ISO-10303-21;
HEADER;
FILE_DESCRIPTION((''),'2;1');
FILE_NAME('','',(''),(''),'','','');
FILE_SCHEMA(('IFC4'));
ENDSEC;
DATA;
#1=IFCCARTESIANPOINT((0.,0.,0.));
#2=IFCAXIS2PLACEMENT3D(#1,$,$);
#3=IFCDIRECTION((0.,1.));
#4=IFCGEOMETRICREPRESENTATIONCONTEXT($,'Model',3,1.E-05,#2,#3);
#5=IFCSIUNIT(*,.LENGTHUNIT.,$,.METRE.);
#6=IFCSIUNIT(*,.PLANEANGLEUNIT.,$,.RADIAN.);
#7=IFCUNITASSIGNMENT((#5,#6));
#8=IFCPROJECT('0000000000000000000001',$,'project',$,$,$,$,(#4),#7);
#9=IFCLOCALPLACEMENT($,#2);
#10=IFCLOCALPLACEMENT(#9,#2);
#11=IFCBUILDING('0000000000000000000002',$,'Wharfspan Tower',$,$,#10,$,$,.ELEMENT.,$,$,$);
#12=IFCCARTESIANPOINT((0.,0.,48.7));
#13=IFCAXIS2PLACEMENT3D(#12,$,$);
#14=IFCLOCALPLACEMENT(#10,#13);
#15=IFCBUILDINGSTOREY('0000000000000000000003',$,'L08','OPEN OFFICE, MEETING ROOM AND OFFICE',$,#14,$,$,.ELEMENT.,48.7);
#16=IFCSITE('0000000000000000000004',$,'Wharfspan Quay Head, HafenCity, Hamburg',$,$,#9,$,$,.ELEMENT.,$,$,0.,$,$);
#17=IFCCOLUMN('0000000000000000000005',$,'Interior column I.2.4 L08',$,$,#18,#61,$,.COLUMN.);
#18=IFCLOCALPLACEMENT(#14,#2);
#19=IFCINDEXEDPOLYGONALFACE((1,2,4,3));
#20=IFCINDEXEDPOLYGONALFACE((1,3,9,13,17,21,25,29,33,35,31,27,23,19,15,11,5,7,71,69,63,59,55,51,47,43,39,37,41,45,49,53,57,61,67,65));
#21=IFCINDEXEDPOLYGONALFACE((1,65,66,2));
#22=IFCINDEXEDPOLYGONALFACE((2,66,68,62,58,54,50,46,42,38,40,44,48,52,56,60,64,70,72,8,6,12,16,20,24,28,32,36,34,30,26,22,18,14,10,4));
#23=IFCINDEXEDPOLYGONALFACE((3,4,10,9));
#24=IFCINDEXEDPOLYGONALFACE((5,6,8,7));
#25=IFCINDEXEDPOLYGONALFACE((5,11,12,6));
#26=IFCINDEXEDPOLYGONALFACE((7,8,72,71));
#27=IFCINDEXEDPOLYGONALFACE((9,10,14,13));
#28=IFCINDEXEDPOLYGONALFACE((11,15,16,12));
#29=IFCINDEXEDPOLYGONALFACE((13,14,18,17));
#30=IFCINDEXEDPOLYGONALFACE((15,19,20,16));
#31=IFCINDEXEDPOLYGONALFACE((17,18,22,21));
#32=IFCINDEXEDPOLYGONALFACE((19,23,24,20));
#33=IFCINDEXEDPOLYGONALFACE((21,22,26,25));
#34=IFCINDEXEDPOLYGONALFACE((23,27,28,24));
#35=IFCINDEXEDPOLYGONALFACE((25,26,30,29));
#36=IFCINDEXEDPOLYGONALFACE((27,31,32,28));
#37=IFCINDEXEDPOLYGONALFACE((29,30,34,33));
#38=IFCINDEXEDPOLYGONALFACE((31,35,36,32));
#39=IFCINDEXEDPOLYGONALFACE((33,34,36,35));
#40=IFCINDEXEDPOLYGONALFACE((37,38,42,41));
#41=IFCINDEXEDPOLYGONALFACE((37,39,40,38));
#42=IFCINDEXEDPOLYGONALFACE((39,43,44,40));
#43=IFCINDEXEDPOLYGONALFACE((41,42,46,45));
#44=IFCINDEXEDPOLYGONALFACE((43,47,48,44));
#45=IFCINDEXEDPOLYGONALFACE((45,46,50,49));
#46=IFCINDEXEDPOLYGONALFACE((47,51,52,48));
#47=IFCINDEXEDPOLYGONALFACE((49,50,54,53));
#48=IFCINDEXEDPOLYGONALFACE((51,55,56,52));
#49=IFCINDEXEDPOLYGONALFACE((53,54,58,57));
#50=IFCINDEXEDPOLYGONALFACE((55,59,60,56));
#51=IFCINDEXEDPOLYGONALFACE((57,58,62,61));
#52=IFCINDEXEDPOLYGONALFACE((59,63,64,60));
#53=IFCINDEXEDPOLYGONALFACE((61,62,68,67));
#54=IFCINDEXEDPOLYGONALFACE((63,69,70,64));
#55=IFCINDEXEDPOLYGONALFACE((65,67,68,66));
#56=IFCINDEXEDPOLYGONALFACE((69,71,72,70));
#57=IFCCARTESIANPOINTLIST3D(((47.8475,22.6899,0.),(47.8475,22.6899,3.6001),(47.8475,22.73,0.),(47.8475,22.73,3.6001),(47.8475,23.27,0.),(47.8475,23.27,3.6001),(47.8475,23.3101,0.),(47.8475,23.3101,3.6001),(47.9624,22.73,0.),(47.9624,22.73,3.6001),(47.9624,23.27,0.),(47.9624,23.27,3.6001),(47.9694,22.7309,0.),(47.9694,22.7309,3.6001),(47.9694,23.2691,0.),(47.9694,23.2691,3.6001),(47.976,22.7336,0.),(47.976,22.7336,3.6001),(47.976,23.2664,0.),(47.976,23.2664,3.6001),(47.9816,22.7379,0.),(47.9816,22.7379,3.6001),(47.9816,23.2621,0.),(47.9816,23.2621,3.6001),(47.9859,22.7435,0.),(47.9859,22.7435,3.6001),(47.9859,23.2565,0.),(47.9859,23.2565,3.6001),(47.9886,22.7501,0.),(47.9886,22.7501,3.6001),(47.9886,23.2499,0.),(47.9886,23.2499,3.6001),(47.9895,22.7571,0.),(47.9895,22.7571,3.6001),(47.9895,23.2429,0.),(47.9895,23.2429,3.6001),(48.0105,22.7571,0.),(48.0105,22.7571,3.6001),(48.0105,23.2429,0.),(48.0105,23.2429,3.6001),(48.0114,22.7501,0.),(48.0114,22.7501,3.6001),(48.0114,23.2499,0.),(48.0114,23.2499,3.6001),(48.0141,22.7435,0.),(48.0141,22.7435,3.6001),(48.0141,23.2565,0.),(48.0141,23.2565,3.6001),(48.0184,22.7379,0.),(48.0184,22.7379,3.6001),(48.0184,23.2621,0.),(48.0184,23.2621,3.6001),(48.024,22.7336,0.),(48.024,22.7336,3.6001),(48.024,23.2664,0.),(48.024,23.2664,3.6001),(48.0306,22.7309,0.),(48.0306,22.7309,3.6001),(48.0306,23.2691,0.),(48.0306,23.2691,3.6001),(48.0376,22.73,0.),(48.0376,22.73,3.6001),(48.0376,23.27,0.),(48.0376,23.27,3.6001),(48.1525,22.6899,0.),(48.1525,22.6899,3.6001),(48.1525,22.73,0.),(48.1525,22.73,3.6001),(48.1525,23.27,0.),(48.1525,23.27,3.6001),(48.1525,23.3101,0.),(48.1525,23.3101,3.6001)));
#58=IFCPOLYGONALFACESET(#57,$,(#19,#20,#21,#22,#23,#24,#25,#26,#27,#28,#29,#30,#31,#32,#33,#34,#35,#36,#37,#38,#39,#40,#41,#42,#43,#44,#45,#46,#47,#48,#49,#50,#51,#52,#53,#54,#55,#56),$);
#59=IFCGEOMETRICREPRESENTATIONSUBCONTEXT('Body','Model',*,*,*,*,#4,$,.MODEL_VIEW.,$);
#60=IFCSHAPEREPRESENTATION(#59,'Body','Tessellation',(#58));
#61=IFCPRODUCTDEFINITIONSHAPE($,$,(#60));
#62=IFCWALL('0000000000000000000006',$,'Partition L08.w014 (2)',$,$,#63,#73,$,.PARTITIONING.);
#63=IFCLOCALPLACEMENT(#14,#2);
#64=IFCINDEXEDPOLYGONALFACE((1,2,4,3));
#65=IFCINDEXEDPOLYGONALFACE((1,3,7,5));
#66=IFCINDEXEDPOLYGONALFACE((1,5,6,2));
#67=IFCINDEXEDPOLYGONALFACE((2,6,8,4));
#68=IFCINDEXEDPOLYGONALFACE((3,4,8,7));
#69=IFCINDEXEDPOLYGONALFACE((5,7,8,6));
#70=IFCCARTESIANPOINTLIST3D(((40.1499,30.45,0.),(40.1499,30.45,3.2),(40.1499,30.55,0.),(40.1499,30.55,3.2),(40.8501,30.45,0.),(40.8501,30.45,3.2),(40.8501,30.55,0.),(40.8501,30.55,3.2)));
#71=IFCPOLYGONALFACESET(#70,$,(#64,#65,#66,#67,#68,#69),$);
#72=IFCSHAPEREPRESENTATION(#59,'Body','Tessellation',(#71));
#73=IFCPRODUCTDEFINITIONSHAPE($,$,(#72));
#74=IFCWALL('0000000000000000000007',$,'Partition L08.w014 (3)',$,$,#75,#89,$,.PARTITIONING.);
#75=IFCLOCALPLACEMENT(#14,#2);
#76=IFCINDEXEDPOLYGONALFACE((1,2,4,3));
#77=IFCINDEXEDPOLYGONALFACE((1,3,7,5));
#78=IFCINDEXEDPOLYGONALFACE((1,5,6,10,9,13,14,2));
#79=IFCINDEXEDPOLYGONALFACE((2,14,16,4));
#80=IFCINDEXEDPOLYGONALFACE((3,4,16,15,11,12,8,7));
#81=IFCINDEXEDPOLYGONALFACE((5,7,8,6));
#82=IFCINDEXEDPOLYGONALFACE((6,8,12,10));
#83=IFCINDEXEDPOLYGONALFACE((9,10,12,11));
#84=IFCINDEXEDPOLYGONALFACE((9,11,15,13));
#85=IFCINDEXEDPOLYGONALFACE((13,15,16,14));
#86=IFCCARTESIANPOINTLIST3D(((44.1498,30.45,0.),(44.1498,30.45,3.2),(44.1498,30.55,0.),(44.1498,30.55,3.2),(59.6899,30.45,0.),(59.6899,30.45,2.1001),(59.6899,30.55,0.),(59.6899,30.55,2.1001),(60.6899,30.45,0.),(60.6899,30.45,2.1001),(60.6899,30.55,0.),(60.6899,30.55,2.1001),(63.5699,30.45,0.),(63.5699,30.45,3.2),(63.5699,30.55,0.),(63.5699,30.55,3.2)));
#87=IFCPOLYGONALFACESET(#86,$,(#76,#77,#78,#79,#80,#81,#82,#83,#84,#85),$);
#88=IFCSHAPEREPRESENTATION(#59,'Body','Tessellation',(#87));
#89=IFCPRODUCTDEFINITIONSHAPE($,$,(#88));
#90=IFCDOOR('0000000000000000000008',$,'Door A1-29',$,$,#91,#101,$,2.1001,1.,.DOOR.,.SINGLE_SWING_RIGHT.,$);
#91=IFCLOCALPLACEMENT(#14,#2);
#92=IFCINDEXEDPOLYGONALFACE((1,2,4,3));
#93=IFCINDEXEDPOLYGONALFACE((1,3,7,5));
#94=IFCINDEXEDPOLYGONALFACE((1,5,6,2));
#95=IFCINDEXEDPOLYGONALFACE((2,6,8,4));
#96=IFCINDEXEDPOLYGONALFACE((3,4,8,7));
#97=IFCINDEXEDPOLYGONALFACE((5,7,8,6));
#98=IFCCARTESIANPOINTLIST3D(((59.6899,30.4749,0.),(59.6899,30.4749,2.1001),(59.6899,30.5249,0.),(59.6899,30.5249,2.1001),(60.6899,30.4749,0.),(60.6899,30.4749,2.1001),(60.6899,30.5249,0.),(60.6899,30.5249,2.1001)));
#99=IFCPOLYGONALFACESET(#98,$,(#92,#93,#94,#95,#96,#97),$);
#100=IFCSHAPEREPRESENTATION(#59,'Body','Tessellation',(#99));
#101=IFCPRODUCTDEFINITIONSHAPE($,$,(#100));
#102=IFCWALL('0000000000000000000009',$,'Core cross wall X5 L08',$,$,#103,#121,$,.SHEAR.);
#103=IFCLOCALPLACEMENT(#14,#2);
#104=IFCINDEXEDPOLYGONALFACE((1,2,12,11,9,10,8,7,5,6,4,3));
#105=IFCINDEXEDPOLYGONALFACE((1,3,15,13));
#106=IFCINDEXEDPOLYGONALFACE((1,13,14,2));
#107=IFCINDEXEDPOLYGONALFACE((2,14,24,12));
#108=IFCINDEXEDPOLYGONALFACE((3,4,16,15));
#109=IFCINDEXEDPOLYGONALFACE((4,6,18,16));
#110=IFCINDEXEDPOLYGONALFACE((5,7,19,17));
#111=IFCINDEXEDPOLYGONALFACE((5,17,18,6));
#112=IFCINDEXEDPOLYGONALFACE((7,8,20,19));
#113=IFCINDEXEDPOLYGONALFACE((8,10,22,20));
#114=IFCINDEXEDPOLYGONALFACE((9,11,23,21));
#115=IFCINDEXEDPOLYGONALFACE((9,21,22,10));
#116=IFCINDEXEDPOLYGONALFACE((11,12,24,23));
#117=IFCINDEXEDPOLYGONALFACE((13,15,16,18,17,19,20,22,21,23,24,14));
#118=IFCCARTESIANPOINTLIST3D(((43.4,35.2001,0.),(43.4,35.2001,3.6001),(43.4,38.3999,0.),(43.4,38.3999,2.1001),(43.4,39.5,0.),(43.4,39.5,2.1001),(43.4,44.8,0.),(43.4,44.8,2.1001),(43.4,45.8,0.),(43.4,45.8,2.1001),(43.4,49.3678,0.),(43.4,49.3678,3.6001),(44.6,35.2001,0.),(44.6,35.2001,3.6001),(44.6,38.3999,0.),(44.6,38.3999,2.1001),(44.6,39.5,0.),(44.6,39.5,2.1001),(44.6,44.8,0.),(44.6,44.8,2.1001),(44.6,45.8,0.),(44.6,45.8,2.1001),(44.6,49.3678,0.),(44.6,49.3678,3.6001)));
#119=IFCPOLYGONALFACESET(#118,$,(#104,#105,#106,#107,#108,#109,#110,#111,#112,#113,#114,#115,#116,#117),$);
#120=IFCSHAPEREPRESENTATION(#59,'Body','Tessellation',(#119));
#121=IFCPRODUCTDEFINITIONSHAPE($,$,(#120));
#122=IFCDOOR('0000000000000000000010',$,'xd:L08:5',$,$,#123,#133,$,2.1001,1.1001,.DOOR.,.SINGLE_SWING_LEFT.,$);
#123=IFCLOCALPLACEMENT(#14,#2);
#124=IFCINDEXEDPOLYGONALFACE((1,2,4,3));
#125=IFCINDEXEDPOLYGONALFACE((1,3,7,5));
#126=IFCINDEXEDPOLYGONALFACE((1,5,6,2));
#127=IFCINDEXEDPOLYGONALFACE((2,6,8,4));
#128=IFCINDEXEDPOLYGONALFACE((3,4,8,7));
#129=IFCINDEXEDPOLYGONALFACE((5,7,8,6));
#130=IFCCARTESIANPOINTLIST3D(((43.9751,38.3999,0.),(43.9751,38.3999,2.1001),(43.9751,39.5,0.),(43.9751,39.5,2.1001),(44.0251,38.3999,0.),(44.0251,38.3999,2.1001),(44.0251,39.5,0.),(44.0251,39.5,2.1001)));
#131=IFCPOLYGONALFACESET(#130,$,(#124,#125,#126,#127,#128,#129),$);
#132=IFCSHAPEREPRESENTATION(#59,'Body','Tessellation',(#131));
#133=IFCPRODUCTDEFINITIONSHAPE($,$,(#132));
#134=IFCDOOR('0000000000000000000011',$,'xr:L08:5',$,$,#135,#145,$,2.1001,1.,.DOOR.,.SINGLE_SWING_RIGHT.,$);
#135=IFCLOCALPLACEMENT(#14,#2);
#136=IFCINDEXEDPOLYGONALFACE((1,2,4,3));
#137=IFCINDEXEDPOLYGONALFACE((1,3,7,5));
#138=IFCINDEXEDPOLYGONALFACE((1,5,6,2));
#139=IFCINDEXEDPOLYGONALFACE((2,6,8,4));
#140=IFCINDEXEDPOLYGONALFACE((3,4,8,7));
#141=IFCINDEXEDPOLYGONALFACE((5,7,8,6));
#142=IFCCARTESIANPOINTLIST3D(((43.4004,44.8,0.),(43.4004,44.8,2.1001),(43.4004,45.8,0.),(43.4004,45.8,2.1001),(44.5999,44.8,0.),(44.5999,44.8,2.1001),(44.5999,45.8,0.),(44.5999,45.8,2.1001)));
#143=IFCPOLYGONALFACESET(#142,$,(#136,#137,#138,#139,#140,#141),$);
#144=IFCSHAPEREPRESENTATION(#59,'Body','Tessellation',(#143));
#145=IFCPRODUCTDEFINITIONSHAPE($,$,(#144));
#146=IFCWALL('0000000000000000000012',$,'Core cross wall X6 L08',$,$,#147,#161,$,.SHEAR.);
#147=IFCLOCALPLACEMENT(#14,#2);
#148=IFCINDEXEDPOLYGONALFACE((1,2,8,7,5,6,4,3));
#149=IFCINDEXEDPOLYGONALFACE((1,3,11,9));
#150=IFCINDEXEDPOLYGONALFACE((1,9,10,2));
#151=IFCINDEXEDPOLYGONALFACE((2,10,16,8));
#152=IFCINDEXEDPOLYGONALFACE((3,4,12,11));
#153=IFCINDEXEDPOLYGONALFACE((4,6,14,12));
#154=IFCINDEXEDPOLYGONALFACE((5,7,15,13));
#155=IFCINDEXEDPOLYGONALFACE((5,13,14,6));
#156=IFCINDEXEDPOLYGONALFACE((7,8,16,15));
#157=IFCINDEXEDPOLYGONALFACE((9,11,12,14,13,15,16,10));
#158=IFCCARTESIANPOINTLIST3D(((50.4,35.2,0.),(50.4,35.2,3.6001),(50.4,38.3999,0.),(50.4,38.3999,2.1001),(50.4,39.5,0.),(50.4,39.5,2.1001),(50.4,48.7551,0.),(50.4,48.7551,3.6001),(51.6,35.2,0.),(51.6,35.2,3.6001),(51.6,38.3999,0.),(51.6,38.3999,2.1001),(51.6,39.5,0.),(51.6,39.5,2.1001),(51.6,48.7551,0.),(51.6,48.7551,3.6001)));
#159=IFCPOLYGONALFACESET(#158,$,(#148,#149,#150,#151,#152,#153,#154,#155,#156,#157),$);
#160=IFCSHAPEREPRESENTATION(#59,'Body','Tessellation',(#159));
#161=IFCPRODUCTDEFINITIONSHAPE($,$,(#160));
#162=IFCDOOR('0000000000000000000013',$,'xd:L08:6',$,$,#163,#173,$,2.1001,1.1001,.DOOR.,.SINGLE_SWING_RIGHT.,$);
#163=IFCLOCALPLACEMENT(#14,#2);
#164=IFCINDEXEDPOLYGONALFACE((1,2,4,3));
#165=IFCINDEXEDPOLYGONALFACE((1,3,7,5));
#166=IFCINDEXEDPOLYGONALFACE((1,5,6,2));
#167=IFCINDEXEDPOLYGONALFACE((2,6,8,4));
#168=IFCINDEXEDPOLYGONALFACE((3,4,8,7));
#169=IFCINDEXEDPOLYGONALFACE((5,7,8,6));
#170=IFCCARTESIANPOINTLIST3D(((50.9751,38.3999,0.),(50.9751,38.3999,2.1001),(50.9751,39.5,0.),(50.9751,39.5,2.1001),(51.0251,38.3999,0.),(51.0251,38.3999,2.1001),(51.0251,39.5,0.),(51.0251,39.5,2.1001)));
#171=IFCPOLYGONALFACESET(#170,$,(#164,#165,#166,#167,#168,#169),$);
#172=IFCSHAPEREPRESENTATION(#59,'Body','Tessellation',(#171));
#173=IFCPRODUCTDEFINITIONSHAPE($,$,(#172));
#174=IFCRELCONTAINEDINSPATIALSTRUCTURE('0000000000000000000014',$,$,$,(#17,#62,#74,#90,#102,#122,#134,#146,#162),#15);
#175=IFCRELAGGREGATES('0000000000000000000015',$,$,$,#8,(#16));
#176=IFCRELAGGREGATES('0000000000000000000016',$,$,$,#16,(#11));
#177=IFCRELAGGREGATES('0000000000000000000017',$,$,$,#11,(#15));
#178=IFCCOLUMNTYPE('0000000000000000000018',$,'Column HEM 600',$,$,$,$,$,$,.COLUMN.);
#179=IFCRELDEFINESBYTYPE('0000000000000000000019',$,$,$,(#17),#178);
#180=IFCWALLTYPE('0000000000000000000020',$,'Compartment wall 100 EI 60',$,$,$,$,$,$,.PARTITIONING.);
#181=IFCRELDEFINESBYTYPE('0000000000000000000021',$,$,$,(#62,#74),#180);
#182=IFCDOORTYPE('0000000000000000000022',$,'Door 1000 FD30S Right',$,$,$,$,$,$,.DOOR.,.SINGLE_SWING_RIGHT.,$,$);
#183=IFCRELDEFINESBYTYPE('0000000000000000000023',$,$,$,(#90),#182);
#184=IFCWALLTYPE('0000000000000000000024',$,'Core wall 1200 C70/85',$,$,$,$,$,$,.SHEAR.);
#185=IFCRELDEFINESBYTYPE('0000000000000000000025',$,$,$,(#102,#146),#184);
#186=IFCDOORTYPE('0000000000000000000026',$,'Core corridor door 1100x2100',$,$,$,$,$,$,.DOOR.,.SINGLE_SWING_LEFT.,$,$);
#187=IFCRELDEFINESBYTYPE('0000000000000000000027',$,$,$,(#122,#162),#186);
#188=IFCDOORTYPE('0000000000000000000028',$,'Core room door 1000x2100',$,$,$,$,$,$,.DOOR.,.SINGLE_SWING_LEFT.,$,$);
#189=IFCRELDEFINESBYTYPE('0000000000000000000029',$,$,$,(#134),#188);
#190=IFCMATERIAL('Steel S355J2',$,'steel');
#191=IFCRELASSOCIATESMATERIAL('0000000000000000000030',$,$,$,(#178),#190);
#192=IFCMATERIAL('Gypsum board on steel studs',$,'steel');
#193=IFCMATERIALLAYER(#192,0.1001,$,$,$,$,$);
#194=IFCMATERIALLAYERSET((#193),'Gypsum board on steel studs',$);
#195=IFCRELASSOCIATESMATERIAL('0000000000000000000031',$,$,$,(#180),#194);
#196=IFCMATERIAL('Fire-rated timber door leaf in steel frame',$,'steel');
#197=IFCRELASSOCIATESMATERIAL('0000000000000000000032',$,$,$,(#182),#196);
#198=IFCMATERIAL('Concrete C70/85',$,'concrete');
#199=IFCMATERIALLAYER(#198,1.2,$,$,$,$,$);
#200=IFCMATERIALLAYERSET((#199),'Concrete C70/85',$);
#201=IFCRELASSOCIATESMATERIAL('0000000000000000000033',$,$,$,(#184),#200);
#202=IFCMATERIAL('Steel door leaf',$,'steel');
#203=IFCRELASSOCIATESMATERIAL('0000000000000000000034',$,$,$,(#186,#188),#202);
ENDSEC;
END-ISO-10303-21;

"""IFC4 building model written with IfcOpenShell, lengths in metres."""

from ifc_helpers import new_model, si_unit, direction, frame, frame_2d, origin, origin_2d, place, context, subcontext, project, spatial, rectangle, i_section, extrude, material, layer, layer_set, material_profile, profile_set, type_object, element, fill, save


model = new_model("IFC4")

# Units and contexts
model_context = context("Model", 3, precision=1e-05, world=origin(), true_north=direction((0.0, 1.0)))
body_context = subcontext(model_context, "Body", "Model", "MODEL_VIEW")
ifc_project = project(units=[si_unit("LENGTHUNIT", "METRE"), si_unit("PLANEANGLEUNIT", "RADIAN")], contexts=[model_context])

# Site, building, storey
site_placement = place(None, origin())
site = spatial("IfcSite", under=ifc_project, at=site_placement, Name="Wharfspan Quay Head, HafenCity, Hamburg", CompositionType="ELEMENT", RefElevation=0.0)
building_placement = place(site_placement, origin())
building = spatial("IfcBuilding", under=site, at=building_placement, Name="Wharfspan Tower", CompositionType="ELEMENT")
storey_placement = place(building_placement, frame((0.0, 0.0, 48.7)))
storey = spatial("IfcBuildingStorey", under=building, at=storey_placement, Name="L08", Description="OPEN OFFICE, MEETING ROOM AND OFFICE", CompositionType="ELEMENT", Elevation=48.7)

# Column
ifc_material_1 = material(Name="Steel S355J2", Category="steel")
ifc_material_profile = material_profile(ifc_material_1, i_section(OverallWidth=0.3049, OverallDepth=0.6201, WebThickness=0.021, FlangeThickness=0.04, FilletRadius=0.0271, at=origin_2d()))
ifc_profile_set = profile_set([ifc_material_profile], Name="Steel S355J2")
column_type = type_object("IfcColumnType", Name="Column HEM 600", PredefinedType="COLUMN", material=ifc_profile_set)
column_placement = place(storey_placement, frame((48.0, 23.0, 0.0), z_axis=(0.0, 0.0, 1.0), x_axis=(1.0, 0.0, 0.0)))
element("IfcColumn", 1, at=column_placement, inside=storey, type_object=column_type, Name="Interior column I.2.4 L08", PredefinedType="COLUMN", context=body_context, shape_type="SweptSolid", body=[
    extrude(i_section(OverallWidth=0.3049, OverallDepth=0.6201, WebThickness=0.021, FlangeThickness=0.04, FilletRadius=0.0271, at=origin_2d()), origin(), (0.0, 0.0, 1.0), 3.6001),
])

# Wall
ifc_material_2 = material(Name="Gypsum board on steel studs", Category="steel")
ifc_layer_1 = layer(ifc_material_2, 0.1001)
ifc_layer_set_1 = layer_set([ifc_layer_1], Name="Gypsum board on steel studs")
wall_type_1 = type_object("IfcWallType", Name="Compartment wall 100 EI 60", PredefinedType="PARTITIONING", material=ifc_layer_set_1)
wall_1_placement = place(storey_placement, frame((40.1499, 30.5, 0.0), z_axis=(0.0, 0.0, 1.0), x_axis=(1.0, 0.0, 0.0)))
element("IfcWall", 2, at=wall_1_placement, inside=storey, type_object=wall_type_1, Name="Partition L08.w014 (2)", PredefinedType="PARTITIONING", context=body_context, shape_type="SweptSolid", body=[
    extrude(rectangle(XDim=0.7002, YDim=0.1001, at=frame_2d((0.3501, 0.0))), origin(), (0.0, 0.0, 1.0), 3.2),
])

# Wall, opening, door
wall_2_placement = place(storey_placement, frame((44.1499, 30.5, 0.0), z_axis=(0.0, 0.0, 1.0), x_axis=(1.0, 0.0, 0.0)))
wall_2 = element("IfcWall", 3, at=wall_2_placement, inside=storey, type_object=wall_type_1, Name="Partition L08.w014 (3)", PredefinedType="PARTITIONING", context=body_context, shape_type="SweptSolid", body=[
    extrude(rectangle(XDim=19.4202, YDim=0.1001, at=frame_2d((9.71, 0.0))), origin(), (0.0, 0.0, 1.0), 3.2),
])
opening_1_placement = place(wall_2_placement, frame((15.54, 0.0, 0.0)))
opening_1 = element("IfcOpeningElement", 4, at=opening_1_placement, cuts=wall_2, PredefinedType="OPENING", context=body_context, shape_type="SweptSolid", body=[
    extrude(rectangle(XDim=1.0, YDim=2.1001, at=frame_2d((0.5, 1.05))), frame((0.0, 0.0601, 0.0), z_axis=(0.0, -1.0, 0.0), x_axis=(1.0, 0.0, 0.0)), (0.0, 0.0, 1.0), 0.1201),
])
ifc_material_3 = material(Name="Fire-rated timber door leaf in steel frame", Category="steel")
door_type_1 = type_object("IfcDoorType", Name="Door 1000 FD30S Right", OperationType="SINGLE_SWING_RIGHT", PredefinedType="DOOR", material=ifc_material_3)
door_1_placement = place(opening_1_placement, origin())
door_1 = element("IfcDoor", 5, at=door_1_placement, inside=storey, type_object=door_type_1, Name="Door A1-29", OperationType="SINGLE_SWING_RIGHT", OverallHeight=2.1001, OverallWidth=1.0, PredefinedType="DOOR", context=body_context, shape_type="SweptSolid", body=[
    extrude(rectangle(XDim=1.0, YDim=2.1001, at=frame_2d((0.5, 1.05))), frame((0.0, 0.0249, 0.0), z_axis=(0.0, -1.0, 0.0), x_axis=(1.0, 0.0, 0.0)), (0.0, 0.0, 1.0), 0.05),
])
fill(opening_1, door_1)

# Wall, openings, doors
ifc_material_4 = material(Name="Concrete C70/85", Category="concrete")
ifc_layer_2 = layer(ifc_material_4, 1.2)
ifc_layer_set_2 = layer_set([ifc_layer_2], Name="Concrete C70/85")
wall_type_2 = type_object("IfcWallType", Name="Core wall 1200 C70/85", PredefinedType="SHEAR", material=ifc_layer_set_2)
wall_3_placement = place(storey_placement, frame((44.0, 35.2, 0.0), z_axis=(0.0, 0.0, 1.0), x_axis=(0.0, 1.0, 0.0)))
wall_3 = element("IfcWall", 6, at=wall_3_placement, inside=storey, type_object=wall_type_2, Name="Core cross wall X5 L08", PredefinedType="SHEAR", context=body_context, shape_type="SweptSolid", body=[
    extrude(rectangle(XDim=14.1677, YDim=1.2, at=frame_2d((7.084, 0.0))), origin(), (0.0, 0.0, 1.0), 3.6001),
])
opening_2_placement = place(wall_3_placement, frame((3.2, 0.0, 0.0)))
opening_2 = element("IfcOpeningElement", 7, at=opening_2_placement, cuts=wall_3, PredefinedType="OPENING", context=body_context, shape_type="SweptSolid", body=[
    extrude(rectangle(XDim=1.1001, YDim=2.1001, at=frame_2d((0.55, 1.05))), frame((0.0, 0.6099, 0.0), z_axis=(0.0, -1.0, 0.0), x_axis=(1.0, 0.0, 0.0)), (0.0, 0.0, 1.0), 1.22),
])
opening_3_placement = place(wall_3_placement, frame((9.6001, 0.0, 0.0)))
opening_3 = element("IfcOpeningElement", 8, at=opening_3_placement, cuts=wall_3, PredefinedType="OPENING", context=body_context, shape_type="SweptSolid", body=[
    extrude(rectangle(XDim=1.0, YDim=2.1001, at=frame_2d((0.5, 1.05))), frame((0.0, 0.6099, 0.0), z_axis=(0.0, -1.0, 0.0), x_axis=(1.0, 0.0, 0.0)), (0.0, 0.0, 1.0), 1.22),
])
ifc_material_5 = material(Name="Steel door leaf", Category="steel")
door_type_2 = type_object("IfcDoorType", Name="Core corridor door 1100x2100", OperationType="SINGLE_SWING_LEFT", PredefinedType="DOOR", material=ifc_material_5)
door_2_placement = place(opening_2_placement, origin())
door_2 = element("IfcDoor", 9, at=door_2_placement, inside=storey, type_object=door_type_2, Name="xd:L08:5", OperationType="SINGLE_SWING_LEFT", OverallHeight=2.1001, OverallWidth=1.1001, PredefinedType="DOOR", context=body_context, shape_type="SweptSolid", body=[
    extrude(rectangle(XDim=1.1001, YDim=2.1001, at=frame_2d((0.55, 1.05))), frame((0.0, 0.0249, 0.0), z_axis=(0.0, -1.0, 0.0), x_axis=(1.0, 0.0, 0.0)), (0.0, 0.0, 1.0), 0.05),
])
fill(opening_2, door_2)
door_type_3 = type_object("IfcDoorType", Name="Core room door 1000x2100", OperationType="SINGLE_SWING_LEFT", PredefinedType="DOOR", material=ifc_material_5)
door_3_placement = place(opening_3_placement, origin())
door_3 = element("IfcDoor", 10, at=door_3_placement, inside=storey, type_object=door_type_3, Name="xr:L08:5", OperationType="SINGLE_SWING_RIGHT", OverallHeight=2.1001, OverallWidth=1.0, PredefinedType="DOOR", context=body_context, shape_type="SweptSolid", body=[
    extrude(rectangle(XDim=1.0, YDim=2.1001, at=frame_2d((0.5, 1.05))), frame((0.0, 0.5996, 0.0), z_axis=(0.0, -1.0, 0.0), x_axis=(1.0, 0.0, 0.0)), (0.0, 0.0, 1.0), 1.1995),
])
fill(opening_3, door_3)

# Wall, opening, door
wall_4_placement = place(storey_placement, frame((51.0, 35.2, 0.0), z_axis=(0.0, 0.0, 1.0), x_axis=(0.0, 1.0, 0.0)))
wall_4 = element("IfcWall", 11, at=wall_4_placement, inside=storey, type_object=wall_type_2, Name="Core cross wall X6 L08", PredefinedType="SHEAR", context=body_context, shape_type="SweptSolid", body=[
    extrude(rectangle(XDim=13.5552, YDim=1.2, at=frame_2d((6.7776, 0.0))), origin(), (0.0, 0.0, 1.0), 3.6001),
])
opening_4_placement = place(wall_4_placement, frame((3.2, 0.0, 0.0)))
opening_4 = element("IfcOpeningElement", 12, at=opening_4_placement, cuts=wall_4, PredefinedType="OPENING", context=body_context, shape_type="SweptSolid", body=[
    extrude(rectangle(XDim=1.1001, YDim=2.1001, at=frame_2d((0.55, 1.05))), frame((0.0, 0.6099, 0.0), z_axis=(0.0, -1.0, 0.0), x_axis=(1.0, 0.0, 0.0)), (0.0, 0.0, 1.0), 1.22),
])
door_4_placement = place(opening_4_placement, origin())
door_4 = element("IfcDoor", 13, at=door_4_placement, inside=storey, type_object=door_type_2, Name="xd:L08:6", OperationType="SINGLE_SWING_RIGHT", OverallHeight=2.1001, OverallWidth=1.1001, PredefinedType="DOOR", context=body_context, shape_type="SweptSolid", body=[
    extrude(rectangle(XDim=1.1001, YDim=2.1001, at=frame_2d((0.55, 1.05))), frame((0.0, 0.0249, 0.0), z_axis=(0.0, -1.0, 0.0), x_axis=(1.0, 0.0, 0.0)), (0.0, 0.0, 1.0), 0.05),
])
fill(opening_4, door_4)

save(model, "model.ifc")
